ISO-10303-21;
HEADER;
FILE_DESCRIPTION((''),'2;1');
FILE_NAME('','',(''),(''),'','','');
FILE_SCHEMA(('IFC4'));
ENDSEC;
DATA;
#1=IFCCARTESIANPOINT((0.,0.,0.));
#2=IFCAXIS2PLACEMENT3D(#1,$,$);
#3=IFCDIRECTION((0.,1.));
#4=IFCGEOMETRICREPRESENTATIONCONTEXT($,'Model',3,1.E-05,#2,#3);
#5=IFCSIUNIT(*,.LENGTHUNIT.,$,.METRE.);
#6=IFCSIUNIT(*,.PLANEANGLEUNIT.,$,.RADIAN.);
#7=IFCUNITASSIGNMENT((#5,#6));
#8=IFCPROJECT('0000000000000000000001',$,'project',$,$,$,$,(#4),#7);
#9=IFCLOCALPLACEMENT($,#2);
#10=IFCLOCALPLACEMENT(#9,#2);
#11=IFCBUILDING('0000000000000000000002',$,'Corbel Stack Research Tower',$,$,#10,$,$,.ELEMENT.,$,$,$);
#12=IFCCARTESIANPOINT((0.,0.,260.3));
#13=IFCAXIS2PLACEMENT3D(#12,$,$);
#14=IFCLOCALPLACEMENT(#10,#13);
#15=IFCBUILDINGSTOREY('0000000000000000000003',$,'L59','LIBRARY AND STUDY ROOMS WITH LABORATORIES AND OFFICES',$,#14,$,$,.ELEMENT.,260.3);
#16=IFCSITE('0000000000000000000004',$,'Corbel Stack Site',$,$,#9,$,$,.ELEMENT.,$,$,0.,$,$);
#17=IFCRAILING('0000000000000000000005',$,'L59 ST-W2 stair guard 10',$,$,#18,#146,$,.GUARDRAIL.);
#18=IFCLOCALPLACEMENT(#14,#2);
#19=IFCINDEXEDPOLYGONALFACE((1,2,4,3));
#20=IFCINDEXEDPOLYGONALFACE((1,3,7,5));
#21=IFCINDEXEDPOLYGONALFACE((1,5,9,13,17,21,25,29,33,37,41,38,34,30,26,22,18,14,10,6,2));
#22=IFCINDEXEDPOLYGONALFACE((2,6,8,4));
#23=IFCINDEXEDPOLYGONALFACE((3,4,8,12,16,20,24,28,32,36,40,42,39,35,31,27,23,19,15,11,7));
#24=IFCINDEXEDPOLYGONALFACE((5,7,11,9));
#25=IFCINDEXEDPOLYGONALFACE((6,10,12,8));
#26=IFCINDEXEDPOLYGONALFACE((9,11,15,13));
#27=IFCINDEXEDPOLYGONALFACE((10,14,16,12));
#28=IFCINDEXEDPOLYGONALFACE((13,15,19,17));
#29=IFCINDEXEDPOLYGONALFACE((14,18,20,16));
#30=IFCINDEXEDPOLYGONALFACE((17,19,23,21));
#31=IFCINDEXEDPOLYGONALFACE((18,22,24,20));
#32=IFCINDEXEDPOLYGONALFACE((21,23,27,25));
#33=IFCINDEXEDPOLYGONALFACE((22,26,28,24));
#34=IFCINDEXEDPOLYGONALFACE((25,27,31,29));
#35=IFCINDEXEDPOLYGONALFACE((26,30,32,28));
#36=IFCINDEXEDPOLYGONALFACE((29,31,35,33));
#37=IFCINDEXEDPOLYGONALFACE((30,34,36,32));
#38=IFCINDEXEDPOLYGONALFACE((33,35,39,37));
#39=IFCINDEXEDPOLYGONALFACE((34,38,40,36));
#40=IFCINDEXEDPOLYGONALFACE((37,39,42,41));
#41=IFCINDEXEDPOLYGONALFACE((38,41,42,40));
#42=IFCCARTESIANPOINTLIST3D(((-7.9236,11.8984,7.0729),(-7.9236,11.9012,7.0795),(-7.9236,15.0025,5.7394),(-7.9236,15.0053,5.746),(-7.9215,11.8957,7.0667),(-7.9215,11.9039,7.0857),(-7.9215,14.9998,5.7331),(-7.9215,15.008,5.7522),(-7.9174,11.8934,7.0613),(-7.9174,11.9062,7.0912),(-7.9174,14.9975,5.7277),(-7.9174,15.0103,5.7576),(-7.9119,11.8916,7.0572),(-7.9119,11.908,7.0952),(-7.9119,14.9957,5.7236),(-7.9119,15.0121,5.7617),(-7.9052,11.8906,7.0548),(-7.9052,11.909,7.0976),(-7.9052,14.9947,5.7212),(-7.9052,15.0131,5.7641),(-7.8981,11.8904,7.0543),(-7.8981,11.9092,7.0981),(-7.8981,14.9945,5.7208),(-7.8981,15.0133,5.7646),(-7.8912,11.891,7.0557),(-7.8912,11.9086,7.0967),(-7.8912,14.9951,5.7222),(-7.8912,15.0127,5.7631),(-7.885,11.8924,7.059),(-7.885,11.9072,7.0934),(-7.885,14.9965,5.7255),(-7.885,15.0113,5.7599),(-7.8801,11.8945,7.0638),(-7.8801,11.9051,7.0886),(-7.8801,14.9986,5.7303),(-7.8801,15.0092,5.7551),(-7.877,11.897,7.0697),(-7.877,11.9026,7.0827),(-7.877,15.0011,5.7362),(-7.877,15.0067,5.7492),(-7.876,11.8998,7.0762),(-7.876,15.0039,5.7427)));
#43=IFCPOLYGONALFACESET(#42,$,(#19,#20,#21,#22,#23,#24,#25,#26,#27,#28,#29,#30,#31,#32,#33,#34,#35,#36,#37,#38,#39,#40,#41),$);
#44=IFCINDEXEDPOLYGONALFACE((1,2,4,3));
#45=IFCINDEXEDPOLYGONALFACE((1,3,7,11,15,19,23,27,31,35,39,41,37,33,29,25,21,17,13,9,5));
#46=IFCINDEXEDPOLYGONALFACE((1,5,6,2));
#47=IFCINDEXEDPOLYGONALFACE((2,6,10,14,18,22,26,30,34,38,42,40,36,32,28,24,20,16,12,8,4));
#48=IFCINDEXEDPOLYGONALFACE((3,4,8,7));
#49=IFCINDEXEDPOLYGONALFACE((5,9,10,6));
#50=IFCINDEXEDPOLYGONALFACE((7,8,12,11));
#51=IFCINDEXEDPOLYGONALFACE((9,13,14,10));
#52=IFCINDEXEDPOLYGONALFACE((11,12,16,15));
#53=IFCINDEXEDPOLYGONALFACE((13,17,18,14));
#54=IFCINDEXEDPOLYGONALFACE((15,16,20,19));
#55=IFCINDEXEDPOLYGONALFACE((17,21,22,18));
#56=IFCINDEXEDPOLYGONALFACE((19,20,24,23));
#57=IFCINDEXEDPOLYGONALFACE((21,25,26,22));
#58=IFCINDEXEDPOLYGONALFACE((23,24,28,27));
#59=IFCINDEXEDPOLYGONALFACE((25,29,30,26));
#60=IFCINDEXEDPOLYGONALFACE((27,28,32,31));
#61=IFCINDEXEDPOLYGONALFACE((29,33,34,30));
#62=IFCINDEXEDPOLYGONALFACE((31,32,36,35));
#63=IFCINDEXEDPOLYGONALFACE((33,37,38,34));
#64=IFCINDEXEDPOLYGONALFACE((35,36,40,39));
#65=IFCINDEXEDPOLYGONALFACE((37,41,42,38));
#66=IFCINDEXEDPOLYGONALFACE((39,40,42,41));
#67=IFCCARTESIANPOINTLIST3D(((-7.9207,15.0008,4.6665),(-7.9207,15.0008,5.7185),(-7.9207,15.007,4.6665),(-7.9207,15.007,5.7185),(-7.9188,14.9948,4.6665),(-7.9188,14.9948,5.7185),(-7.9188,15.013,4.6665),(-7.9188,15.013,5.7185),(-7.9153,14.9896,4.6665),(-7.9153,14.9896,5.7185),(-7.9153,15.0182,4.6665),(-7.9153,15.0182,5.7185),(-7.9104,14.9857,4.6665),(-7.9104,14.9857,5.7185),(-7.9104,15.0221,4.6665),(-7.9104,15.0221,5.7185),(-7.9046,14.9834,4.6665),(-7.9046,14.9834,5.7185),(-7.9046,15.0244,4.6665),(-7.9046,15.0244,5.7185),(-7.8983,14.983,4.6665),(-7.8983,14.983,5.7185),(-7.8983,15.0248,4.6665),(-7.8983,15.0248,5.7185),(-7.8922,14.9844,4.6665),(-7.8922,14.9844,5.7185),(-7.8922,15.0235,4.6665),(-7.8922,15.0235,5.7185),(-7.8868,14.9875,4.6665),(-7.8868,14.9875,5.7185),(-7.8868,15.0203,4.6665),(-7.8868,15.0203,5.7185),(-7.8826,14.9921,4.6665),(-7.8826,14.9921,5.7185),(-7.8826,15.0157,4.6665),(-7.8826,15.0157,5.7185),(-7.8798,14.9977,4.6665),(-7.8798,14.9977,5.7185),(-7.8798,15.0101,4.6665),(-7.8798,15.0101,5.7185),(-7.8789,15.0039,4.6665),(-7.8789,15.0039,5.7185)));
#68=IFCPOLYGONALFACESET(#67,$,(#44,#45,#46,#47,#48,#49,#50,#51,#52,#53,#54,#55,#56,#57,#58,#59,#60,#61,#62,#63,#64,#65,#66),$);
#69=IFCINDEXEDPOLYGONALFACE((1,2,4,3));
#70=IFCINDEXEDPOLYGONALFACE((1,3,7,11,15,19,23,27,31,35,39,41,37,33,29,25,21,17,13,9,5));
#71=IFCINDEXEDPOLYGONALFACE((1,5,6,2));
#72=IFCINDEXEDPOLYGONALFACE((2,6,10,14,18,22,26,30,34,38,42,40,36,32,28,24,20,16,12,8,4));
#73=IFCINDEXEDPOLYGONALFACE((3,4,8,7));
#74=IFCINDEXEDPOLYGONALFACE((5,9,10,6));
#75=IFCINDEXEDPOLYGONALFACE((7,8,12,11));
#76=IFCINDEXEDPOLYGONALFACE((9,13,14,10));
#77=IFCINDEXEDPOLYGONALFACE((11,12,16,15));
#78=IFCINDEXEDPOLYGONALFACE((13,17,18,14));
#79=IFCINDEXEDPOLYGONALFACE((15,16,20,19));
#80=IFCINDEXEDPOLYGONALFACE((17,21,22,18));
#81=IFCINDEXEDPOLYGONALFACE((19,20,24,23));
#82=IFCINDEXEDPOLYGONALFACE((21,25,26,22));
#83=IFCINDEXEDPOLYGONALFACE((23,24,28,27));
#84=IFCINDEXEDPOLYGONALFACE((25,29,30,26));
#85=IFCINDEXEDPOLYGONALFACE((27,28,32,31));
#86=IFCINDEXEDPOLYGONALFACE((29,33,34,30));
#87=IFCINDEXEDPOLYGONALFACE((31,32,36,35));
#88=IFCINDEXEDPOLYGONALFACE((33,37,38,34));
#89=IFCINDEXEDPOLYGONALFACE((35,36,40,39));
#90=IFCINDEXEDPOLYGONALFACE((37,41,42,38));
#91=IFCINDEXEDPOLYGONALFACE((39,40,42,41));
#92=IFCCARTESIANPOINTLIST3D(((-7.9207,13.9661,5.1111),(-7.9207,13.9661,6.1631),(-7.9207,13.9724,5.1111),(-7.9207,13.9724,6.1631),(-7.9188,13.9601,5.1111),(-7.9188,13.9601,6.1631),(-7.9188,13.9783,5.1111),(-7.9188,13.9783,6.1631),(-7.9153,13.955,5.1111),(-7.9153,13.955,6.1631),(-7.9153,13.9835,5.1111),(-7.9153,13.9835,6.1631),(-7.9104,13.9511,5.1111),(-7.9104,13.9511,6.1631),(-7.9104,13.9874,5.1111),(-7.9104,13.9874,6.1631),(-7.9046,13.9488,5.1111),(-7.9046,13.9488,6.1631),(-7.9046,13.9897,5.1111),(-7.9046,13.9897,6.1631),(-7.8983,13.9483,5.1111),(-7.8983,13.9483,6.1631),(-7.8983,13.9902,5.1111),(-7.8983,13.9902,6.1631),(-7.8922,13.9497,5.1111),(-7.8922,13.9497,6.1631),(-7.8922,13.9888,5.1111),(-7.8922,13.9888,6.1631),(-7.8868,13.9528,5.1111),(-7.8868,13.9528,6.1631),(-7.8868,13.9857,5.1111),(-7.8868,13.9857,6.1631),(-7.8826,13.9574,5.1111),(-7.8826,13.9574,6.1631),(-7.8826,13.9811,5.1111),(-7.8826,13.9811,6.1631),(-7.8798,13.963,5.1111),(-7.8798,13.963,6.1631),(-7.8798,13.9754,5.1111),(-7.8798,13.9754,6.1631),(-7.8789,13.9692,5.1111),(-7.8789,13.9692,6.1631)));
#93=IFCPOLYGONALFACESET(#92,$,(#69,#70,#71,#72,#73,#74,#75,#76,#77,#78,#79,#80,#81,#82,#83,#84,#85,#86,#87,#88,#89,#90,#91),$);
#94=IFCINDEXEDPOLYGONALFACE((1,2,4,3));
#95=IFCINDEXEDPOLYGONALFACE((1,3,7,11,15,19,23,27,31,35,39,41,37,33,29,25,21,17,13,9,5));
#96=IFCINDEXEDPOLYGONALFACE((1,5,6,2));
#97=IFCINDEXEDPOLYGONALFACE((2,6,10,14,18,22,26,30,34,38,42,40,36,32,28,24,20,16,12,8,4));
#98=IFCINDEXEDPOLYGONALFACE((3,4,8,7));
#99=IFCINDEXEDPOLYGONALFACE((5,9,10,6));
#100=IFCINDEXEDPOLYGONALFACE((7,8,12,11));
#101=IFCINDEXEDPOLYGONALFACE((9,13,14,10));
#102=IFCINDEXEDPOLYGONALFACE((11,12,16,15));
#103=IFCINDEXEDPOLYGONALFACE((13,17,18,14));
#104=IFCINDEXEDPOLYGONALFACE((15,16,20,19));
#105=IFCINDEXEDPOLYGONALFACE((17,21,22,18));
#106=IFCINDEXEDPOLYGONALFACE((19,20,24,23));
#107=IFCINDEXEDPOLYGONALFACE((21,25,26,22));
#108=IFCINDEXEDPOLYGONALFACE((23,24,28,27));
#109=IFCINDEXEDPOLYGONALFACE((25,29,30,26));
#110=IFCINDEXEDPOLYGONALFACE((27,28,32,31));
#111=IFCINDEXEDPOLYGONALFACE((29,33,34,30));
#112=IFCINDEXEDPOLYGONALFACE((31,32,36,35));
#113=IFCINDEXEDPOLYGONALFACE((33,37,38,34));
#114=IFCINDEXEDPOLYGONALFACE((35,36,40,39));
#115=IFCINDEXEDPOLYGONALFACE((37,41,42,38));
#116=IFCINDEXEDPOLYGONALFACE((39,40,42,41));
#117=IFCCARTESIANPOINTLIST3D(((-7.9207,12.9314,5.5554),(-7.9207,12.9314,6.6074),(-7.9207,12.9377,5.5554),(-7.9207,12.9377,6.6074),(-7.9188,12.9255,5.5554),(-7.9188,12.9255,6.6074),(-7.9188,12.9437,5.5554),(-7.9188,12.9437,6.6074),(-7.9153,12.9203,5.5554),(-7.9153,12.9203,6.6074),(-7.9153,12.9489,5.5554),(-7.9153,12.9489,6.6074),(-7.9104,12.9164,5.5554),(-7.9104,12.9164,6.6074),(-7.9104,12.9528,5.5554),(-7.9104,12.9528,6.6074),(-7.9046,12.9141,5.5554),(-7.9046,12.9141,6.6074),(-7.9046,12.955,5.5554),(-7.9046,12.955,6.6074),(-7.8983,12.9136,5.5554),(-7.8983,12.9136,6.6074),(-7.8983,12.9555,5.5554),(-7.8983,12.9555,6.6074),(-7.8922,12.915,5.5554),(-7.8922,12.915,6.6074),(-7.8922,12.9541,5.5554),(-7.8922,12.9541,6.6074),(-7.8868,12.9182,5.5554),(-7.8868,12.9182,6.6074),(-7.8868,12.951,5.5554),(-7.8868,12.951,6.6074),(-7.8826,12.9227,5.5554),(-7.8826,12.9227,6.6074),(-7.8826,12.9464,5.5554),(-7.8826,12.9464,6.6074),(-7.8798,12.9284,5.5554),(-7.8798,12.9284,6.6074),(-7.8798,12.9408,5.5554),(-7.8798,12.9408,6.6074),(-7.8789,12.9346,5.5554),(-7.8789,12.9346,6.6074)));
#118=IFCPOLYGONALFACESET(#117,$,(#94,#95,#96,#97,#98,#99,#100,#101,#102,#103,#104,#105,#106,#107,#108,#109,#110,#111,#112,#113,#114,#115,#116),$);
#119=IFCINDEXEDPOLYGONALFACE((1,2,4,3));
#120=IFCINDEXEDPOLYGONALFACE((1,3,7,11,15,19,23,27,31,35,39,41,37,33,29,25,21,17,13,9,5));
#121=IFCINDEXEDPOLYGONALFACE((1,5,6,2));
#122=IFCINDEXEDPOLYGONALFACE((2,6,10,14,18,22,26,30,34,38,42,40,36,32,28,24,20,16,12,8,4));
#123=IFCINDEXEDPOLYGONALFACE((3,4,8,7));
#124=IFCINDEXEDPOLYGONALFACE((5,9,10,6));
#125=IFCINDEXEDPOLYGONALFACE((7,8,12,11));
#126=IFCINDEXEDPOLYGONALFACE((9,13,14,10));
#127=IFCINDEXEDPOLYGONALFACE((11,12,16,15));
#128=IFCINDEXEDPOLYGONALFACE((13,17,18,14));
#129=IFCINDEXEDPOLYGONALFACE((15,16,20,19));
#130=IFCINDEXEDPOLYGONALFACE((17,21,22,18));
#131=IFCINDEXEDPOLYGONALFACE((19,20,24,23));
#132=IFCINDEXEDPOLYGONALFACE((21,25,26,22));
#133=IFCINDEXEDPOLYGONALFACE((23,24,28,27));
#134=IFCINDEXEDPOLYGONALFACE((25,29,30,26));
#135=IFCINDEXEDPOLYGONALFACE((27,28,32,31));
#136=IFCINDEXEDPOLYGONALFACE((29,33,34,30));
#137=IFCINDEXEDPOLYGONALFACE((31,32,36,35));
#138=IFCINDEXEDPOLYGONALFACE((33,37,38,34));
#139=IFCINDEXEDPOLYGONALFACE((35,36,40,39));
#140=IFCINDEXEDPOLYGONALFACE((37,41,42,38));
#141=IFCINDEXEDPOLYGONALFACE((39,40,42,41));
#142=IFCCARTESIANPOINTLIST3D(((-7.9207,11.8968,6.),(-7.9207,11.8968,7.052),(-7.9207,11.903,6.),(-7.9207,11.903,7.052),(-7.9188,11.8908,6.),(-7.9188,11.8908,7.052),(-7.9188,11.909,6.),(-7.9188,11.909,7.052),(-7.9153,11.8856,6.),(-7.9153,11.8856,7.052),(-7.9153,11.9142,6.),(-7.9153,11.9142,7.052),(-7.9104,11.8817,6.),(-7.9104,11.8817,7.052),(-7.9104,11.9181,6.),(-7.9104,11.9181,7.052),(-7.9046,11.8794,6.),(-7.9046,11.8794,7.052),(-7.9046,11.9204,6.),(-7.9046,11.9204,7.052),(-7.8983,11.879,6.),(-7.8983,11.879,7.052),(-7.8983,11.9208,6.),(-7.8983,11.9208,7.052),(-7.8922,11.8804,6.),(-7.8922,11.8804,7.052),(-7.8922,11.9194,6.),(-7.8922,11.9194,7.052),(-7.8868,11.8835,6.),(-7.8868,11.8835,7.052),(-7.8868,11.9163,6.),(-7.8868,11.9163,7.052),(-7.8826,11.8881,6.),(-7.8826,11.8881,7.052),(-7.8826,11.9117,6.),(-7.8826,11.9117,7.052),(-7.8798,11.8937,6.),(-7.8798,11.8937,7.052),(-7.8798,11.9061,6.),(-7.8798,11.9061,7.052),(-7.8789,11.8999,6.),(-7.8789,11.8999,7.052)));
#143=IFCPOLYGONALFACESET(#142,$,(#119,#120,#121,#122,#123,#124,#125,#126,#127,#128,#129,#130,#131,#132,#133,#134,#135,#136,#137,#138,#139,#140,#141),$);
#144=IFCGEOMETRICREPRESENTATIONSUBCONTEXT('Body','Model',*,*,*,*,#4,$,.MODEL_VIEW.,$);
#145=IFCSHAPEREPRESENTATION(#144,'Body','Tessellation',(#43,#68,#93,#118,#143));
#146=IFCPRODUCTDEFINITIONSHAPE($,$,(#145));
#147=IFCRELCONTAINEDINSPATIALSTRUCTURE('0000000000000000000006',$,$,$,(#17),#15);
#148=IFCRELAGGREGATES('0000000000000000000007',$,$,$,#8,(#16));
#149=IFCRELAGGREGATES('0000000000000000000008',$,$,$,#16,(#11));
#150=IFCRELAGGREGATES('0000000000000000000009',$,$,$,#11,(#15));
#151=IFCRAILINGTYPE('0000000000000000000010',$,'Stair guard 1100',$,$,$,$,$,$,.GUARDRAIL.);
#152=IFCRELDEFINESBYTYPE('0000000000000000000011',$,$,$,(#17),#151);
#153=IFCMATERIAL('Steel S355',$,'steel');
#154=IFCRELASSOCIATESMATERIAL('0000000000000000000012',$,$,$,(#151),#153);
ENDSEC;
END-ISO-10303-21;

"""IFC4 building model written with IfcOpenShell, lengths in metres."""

from ifc_helpers import new_model, si_unit, direction, frame, origin, origin_2d, place, context, subcontext, project, spatial, circle, extrude, material, type_object, element, save


model = new_model("IFC4")

# Units and contexts
model_context = context("Model", 3, precision=1e-05, world=origin(), true_north=direction((0.0, 1.0)))
body_context = subcontext(model_context, "Body", "Model", "MODEL_VIEW")
ifc_project = project(units=[si_unit("LENGTHUNIT", "METRE"), si_unit("PLANEANGLEUNIT", "RADIAN")], contexts=[model_context])

# Site, building, storey
site_placement = place(None, origin())
site = spatial("IfcSite", under=ifc_project, at=site_placement, Name="Corbel Stack Site", CompositionType="ELEMENT", RefElevation=0.0)
building_placement = place(site_placement, origin())
building = spatial("IfcBuilding", under=site, at=building_placement, Name="Corbel Stack Research Tower", CompositionType="ELEMENT")
storey_placement = place(building_placement, frame((0.0, 0.0, 260.3)))
storey = spatial("IfcBuildingStorey", under=building, at=storey_placement, Name="L59", Description="LIBRARY AND STUDY ROOMS WITH LABORATORIES AND OFFICES", CompositionType="ELEMENT", Elevation=260.3)

# Railing
ifc_material_1 = material(Name="Steel S355", Category="steel")
railing_type_1 = type_object("IfcRailingType", Name="Stair guard 1100", PredefinedType="GUARDRAIL", material=ifc_material_1)
railing_1_placement = place(storey_placement, frame((-7.8999, 15.0039, 4.6665)))
element("IfcRailing", 1, at=railing_1_placement, inside=storey, type_object=railing_type_1, Name="L59 ST-W2 stair guard 10", PredefinedType="GUARDRAIL", context=body_context, shape_type="SweptSolid", body=[
    extrude(circle(Radius=0.0239, at=origin_2d()), frame((0.0, 0.0, 1.0762), z_axis=(0.0, -0.918801, 0.394722), x_axis=(1.0, 0.0, 0.0)), (0.0, 0.0, 1.0), 3.3784),
    extrude(circle(Radius=0.021, at=origin_2d()), origin(), (0.0, 0.0, 1.0), 1.052),
    extrude(circle(Radius=0.021, at=origin_2d()), frame((0.0, -1.0347, 0.4446)), (0.0, 0.0, 1.0), 1.052),
    extrude(circle(Radius=0.021, at=origin_2d()), frame((0.0, -2.0693, 0.8889)), (0.0, 0.0, 1.0), 1.052),
    extrude(circle(Radius=0.021, at=origin_2d()), frame((0.0, -3.104, 1.3335)), (0.0, 0.0, 1.0), 1.052),
])

save(model, "model.ifc")
